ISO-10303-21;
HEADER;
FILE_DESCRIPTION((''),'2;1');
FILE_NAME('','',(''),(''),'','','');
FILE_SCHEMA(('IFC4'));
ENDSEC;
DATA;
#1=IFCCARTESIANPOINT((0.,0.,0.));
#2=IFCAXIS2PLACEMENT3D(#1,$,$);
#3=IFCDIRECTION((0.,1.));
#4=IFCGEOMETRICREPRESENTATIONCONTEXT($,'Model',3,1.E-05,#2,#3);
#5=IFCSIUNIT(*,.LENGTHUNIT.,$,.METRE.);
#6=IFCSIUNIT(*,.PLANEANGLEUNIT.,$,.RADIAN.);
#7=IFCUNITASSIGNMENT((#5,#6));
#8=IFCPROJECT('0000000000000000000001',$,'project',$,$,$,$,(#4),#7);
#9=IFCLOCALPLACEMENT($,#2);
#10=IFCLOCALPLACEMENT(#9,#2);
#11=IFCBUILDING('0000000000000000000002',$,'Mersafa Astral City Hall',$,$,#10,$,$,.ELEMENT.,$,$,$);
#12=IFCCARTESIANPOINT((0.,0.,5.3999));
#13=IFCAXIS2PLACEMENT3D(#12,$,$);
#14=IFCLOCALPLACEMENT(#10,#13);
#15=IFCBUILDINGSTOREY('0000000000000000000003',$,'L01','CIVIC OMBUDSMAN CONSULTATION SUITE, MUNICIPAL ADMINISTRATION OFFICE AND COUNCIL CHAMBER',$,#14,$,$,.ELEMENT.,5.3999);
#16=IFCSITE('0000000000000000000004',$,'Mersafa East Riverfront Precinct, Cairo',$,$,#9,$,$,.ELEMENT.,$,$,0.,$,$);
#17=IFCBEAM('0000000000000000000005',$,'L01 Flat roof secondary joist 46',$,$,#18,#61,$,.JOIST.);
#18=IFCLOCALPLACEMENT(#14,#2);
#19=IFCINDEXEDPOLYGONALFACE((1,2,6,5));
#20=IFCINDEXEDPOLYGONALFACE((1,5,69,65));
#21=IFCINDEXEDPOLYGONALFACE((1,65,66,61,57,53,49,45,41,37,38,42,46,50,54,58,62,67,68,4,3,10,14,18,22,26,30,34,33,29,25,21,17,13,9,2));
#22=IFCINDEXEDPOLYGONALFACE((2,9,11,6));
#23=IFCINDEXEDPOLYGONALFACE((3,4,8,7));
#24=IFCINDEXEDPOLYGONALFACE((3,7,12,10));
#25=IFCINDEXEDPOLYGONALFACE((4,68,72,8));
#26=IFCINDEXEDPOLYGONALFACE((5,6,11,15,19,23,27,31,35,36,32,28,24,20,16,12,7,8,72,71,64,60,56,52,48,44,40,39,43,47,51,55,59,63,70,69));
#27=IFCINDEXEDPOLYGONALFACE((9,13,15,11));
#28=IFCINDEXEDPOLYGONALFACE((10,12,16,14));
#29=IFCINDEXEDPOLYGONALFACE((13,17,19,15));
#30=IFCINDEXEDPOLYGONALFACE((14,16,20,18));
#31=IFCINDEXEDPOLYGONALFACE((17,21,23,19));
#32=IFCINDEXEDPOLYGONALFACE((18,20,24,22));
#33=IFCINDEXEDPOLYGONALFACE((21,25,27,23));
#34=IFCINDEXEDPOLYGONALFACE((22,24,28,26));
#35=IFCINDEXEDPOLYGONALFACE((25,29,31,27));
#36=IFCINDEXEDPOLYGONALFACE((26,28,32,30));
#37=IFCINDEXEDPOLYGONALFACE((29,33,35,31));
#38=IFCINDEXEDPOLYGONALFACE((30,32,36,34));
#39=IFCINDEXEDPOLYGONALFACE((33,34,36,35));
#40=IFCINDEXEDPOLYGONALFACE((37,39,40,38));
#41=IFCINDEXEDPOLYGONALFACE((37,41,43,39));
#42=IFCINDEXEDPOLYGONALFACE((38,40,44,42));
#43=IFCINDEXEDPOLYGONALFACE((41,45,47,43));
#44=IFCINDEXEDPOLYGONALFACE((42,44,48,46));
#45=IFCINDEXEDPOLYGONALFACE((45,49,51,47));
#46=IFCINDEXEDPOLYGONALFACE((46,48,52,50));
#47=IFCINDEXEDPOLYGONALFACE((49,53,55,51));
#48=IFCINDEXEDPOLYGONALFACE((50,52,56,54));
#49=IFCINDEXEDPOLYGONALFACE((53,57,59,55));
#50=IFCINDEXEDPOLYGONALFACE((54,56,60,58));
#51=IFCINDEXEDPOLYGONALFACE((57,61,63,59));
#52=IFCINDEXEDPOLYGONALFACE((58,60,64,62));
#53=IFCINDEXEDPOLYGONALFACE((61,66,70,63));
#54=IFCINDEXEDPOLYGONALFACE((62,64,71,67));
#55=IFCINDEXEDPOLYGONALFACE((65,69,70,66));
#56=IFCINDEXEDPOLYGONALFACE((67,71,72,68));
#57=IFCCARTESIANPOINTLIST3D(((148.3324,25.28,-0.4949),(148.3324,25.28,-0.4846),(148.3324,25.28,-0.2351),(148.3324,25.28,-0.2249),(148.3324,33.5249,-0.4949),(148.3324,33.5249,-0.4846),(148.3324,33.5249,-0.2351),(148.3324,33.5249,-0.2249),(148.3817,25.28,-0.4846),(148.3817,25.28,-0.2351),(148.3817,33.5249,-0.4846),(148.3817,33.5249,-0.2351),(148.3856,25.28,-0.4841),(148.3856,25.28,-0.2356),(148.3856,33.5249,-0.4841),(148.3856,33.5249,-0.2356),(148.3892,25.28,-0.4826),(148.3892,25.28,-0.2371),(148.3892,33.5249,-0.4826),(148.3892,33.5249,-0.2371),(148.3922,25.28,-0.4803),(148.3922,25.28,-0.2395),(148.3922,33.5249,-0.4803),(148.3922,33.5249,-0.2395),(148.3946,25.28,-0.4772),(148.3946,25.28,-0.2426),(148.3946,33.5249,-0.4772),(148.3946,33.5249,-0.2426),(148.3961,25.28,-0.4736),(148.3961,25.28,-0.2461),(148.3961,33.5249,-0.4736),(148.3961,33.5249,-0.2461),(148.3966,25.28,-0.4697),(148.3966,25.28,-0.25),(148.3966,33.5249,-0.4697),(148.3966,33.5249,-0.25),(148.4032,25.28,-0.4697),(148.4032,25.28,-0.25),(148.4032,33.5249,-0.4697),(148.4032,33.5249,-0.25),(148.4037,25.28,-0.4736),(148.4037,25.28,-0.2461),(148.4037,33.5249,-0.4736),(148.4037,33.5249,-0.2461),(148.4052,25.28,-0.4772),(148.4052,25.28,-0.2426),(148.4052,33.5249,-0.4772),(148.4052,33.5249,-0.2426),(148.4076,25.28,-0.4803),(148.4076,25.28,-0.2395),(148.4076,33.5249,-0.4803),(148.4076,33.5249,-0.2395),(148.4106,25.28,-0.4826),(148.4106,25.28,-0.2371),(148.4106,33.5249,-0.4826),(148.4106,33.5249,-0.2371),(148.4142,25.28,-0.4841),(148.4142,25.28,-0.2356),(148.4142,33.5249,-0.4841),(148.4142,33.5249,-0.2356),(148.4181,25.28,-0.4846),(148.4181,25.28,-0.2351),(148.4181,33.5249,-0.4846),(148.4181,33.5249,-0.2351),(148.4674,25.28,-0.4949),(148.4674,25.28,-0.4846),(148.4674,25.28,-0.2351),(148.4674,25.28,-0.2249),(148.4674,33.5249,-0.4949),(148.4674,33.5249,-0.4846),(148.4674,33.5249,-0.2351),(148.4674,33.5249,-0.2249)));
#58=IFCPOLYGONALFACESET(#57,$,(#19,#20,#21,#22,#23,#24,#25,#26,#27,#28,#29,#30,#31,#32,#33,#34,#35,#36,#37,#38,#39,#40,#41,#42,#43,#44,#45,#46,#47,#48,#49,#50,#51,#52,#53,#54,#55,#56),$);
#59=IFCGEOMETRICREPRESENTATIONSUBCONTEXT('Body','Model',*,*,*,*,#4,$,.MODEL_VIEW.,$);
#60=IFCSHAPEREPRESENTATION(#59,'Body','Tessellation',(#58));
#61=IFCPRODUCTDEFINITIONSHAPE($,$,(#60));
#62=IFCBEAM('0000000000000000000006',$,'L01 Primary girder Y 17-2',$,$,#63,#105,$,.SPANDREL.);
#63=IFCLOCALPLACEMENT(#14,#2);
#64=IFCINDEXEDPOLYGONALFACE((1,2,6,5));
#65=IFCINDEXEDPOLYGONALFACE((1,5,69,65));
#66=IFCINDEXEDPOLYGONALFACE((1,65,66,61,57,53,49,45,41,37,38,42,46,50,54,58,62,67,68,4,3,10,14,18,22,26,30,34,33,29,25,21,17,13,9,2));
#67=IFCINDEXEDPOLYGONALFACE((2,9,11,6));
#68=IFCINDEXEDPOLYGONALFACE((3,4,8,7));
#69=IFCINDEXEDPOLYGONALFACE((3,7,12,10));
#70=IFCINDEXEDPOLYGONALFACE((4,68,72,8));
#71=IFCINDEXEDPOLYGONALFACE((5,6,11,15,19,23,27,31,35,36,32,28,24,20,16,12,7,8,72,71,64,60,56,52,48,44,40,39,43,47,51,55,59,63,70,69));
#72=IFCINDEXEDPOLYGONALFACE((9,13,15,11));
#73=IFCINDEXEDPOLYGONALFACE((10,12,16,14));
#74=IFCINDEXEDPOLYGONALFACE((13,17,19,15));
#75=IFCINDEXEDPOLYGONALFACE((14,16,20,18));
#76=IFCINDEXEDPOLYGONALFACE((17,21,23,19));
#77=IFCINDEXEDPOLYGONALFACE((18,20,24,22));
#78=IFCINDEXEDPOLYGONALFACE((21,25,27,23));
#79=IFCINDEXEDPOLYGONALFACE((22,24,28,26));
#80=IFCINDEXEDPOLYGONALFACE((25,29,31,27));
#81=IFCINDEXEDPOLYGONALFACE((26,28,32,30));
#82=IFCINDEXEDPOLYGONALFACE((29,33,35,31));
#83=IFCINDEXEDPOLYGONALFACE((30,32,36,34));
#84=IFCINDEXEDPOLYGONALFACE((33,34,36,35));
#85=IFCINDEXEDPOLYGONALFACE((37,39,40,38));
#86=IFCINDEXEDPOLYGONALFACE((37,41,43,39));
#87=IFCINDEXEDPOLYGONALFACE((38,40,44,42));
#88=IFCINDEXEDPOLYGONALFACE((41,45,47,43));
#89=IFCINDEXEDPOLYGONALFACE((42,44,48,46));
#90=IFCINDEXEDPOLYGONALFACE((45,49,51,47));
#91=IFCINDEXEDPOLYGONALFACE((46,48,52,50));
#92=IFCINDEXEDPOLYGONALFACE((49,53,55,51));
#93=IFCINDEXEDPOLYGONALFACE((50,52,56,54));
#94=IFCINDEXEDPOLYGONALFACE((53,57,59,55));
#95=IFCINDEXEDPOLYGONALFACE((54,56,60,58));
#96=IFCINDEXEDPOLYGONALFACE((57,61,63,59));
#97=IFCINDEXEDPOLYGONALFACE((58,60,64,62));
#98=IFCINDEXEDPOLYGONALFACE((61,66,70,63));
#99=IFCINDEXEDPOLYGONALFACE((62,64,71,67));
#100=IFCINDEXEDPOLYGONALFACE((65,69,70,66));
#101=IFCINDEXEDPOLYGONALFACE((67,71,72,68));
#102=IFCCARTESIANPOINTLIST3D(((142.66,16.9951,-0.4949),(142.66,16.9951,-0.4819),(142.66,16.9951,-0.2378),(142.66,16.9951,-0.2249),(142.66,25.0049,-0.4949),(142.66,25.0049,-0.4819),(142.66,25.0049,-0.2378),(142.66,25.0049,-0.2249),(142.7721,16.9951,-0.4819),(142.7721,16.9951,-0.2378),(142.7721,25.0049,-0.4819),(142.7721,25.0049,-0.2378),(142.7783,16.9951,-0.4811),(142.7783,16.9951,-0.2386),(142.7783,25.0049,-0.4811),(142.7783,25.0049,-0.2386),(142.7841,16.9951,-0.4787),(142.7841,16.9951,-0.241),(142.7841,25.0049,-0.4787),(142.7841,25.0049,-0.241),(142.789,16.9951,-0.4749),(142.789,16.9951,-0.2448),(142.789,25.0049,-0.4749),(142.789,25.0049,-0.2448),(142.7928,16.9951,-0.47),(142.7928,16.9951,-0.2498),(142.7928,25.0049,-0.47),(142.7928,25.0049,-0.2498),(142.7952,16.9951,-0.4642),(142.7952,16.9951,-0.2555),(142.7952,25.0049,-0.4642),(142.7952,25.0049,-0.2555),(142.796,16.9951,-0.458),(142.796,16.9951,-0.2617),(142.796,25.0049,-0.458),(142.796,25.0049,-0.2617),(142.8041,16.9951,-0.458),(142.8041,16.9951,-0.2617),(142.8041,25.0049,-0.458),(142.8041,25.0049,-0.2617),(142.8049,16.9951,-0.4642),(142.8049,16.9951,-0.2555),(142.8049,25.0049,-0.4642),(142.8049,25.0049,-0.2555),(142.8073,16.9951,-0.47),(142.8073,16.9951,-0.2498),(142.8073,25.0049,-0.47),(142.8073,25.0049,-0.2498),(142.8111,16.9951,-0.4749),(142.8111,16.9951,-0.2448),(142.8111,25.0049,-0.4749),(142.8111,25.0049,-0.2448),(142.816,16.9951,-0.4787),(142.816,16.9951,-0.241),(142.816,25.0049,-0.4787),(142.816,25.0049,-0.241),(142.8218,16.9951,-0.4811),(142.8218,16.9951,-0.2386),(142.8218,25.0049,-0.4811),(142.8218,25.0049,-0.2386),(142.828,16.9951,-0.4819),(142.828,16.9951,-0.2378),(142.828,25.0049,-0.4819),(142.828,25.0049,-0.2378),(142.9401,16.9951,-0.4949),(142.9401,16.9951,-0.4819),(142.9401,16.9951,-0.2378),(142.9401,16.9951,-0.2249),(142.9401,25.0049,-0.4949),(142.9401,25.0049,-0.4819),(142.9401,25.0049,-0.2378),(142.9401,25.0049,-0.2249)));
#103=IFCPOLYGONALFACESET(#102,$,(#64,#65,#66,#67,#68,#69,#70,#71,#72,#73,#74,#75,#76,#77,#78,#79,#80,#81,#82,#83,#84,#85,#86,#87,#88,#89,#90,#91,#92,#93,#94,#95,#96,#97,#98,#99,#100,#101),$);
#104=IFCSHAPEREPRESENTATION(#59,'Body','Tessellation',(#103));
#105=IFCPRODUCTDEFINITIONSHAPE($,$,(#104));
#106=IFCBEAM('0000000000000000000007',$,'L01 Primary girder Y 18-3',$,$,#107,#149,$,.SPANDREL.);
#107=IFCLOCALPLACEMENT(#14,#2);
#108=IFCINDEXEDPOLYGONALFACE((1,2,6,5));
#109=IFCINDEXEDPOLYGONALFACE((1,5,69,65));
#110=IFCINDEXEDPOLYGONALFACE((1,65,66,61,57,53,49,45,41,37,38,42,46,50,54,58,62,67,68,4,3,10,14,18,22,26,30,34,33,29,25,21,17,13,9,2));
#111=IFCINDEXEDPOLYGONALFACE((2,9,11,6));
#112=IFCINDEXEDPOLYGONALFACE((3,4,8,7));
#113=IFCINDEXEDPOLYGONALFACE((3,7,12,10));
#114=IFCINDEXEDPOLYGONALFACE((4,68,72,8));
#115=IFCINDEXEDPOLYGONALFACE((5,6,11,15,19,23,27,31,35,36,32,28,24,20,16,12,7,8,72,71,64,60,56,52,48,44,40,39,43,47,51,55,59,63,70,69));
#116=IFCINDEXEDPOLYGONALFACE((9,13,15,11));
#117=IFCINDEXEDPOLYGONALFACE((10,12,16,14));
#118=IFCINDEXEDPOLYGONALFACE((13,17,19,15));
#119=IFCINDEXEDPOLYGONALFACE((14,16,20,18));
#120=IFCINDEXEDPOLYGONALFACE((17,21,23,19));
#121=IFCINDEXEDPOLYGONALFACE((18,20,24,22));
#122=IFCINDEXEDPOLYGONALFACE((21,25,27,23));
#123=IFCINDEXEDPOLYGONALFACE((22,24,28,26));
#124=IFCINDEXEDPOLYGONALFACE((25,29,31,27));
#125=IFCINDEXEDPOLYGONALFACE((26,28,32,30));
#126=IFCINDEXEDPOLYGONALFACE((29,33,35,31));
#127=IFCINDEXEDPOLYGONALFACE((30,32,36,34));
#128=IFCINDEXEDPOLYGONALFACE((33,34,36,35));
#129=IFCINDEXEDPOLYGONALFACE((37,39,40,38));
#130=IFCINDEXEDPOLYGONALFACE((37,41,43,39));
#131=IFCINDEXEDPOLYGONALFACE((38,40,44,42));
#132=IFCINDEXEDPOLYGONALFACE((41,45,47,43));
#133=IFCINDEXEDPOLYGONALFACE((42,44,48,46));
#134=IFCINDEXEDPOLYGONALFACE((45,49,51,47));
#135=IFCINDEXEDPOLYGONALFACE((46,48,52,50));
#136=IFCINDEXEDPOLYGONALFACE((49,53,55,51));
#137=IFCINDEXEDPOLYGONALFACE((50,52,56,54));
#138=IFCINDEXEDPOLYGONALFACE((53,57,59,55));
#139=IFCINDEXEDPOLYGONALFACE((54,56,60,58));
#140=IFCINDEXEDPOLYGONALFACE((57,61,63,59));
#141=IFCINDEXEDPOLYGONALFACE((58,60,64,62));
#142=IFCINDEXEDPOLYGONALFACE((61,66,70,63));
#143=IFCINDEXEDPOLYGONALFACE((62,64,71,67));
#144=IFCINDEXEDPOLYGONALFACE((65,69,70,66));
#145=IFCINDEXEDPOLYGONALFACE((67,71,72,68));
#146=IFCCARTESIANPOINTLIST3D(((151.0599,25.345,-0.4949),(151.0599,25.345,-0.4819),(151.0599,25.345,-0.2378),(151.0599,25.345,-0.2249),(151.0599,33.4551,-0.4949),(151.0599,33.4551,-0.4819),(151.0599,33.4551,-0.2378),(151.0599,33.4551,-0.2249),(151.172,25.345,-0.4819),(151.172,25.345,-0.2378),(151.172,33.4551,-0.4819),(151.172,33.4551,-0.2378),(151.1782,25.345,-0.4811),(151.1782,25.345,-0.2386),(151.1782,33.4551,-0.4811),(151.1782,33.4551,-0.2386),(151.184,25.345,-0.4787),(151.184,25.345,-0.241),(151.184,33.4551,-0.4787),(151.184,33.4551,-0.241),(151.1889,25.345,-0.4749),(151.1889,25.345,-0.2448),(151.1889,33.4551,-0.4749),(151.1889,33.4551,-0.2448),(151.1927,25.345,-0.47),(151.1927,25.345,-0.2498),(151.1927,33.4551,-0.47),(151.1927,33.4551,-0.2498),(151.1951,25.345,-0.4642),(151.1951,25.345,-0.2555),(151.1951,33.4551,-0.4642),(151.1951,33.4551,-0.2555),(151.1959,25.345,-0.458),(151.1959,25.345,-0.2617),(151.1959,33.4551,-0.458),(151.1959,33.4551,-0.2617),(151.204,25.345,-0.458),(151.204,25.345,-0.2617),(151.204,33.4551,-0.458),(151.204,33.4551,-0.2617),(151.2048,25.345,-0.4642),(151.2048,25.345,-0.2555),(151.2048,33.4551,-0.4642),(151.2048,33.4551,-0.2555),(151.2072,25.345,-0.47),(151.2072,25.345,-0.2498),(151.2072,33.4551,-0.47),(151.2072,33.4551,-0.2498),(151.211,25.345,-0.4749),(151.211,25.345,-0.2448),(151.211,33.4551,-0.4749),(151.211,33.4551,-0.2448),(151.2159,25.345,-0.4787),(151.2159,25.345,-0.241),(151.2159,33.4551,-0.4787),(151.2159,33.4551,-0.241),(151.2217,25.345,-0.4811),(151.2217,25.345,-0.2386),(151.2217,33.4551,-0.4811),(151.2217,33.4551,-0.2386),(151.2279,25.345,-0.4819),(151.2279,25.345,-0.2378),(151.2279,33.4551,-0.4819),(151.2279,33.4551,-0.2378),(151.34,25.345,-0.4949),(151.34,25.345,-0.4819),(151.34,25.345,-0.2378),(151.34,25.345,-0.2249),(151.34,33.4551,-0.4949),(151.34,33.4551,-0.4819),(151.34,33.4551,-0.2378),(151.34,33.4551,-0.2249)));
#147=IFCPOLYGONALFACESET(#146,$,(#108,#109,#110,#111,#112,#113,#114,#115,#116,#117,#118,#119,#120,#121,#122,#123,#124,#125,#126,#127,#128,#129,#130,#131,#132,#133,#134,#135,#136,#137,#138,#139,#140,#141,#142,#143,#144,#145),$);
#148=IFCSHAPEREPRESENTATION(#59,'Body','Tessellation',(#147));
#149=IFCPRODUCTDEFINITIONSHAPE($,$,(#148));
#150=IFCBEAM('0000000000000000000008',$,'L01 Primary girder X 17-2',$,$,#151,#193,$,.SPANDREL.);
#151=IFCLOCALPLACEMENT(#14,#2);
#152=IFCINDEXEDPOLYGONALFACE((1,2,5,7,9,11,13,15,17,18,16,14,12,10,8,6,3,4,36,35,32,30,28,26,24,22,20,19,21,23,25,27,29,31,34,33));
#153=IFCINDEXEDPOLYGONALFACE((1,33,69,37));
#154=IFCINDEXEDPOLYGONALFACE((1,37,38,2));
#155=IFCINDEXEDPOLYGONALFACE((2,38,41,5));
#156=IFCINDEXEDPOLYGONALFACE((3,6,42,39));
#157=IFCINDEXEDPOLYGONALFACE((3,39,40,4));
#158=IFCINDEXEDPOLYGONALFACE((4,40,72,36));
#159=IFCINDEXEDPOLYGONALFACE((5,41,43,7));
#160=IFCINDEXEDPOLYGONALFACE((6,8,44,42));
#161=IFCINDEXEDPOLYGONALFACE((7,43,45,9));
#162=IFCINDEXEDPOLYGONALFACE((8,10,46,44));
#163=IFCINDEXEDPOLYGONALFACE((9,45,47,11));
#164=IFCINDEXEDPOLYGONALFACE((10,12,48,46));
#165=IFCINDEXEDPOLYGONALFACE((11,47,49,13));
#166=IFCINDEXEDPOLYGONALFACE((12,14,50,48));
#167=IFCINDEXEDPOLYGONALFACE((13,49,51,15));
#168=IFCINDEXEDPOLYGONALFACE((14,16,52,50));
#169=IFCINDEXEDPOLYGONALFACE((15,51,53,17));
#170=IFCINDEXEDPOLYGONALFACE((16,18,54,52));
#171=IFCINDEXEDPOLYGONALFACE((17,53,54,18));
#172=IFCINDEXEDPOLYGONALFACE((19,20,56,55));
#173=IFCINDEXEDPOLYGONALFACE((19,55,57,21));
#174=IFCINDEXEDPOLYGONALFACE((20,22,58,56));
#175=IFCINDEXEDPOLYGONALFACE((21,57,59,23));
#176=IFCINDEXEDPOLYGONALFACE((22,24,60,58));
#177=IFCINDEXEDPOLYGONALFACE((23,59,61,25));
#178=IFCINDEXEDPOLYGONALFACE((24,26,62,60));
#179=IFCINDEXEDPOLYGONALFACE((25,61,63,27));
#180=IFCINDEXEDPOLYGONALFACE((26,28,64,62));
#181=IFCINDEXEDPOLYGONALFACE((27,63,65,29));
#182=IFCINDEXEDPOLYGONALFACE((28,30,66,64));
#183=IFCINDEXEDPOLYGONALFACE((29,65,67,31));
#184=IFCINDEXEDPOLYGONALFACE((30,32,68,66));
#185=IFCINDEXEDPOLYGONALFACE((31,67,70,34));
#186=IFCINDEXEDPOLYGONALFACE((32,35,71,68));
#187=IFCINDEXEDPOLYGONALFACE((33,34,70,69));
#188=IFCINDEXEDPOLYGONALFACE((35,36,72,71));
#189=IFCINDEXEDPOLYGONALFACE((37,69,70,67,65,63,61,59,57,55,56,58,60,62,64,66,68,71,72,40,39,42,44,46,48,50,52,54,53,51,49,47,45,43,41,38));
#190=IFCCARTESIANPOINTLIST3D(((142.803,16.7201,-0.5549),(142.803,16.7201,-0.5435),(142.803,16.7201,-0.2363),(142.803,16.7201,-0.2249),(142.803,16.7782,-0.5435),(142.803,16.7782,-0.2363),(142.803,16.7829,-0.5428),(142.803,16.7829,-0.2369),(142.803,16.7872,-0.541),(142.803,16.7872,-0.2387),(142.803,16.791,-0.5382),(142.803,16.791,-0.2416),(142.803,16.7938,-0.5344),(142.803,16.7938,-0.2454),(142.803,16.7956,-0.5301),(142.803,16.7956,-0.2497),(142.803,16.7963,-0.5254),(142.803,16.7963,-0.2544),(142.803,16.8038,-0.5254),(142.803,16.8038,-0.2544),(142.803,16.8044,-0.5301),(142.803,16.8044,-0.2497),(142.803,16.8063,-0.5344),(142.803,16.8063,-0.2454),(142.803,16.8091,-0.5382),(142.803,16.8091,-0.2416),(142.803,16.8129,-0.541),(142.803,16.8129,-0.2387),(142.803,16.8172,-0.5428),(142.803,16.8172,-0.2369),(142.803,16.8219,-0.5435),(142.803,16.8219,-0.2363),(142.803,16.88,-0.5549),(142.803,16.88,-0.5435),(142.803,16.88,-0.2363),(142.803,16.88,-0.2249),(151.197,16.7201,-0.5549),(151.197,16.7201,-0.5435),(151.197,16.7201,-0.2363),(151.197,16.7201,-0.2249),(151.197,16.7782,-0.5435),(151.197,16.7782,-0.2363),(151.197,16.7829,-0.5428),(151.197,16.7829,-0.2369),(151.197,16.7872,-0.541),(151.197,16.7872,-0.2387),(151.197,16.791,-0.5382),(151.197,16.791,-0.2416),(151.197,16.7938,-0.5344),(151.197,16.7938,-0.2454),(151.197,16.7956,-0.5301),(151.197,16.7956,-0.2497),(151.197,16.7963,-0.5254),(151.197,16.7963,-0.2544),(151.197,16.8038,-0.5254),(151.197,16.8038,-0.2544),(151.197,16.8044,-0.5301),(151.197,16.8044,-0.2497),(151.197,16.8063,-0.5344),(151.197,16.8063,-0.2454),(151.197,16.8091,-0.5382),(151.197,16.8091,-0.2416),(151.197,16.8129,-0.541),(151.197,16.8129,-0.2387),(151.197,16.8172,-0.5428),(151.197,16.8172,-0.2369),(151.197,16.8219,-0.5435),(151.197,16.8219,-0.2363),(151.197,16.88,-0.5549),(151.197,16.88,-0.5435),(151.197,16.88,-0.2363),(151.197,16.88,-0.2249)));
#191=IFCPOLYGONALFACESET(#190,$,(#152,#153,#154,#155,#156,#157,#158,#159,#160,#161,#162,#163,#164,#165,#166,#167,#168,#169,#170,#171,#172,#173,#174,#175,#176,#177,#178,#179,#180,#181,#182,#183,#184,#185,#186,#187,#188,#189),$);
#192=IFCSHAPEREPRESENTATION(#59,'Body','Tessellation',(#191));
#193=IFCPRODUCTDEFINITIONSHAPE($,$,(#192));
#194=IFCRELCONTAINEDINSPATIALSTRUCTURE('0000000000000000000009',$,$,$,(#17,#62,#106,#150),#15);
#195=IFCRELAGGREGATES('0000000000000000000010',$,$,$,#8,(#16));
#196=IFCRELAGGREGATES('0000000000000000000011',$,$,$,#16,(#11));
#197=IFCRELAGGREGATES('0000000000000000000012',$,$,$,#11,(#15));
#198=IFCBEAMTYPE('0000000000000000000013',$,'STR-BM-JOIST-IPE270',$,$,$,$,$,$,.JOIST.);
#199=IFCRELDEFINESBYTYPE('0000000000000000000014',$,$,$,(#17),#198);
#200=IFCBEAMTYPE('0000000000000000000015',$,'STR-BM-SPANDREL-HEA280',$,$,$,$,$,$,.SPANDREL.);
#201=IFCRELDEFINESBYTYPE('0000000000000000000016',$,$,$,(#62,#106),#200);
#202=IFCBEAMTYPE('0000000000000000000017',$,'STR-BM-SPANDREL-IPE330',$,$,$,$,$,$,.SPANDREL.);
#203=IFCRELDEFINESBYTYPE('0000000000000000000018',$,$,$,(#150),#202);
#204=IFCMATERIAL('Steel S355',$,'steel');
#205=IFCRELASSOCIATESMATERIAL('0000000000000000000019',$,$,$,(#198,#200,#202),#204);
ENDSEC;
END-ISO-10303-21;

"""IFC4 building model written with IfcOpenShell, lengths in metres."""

from ifc_helpers import new_model, si_unit, direction, frame, origin, origin_2d, place, context, subcontext, project, spatial, i_section, extrude, material, material_profile, profile_set, type_object, element, save


model = new_model("IFC4")

# Units and contexts
model_context = context("Model", 3, precision=1e-05, world=origin(), true_north=direction((0.0, 1.0)))
body_context = subcontext(model_context, "Body", "Model", "MODEL_VIEW")
ifc_project = project(units=[si_unit("LENGTHUNIT", "METRE"), si_unit("PLANEANGLEUNIT", "RADIAN")], contexts=[model_context])

# Site, building, storey
site_placement = place(None, origin())
site = spatial("IfcSite", under=ifc_project, at=site_placement, Name="Mersafa East Riverfront Precinct, Cairo", CompositionType="ELEMENT", RefElevation=0.0)
building_placement = place(site_placement, origin())
building = spatial("IfcBuilding", under=site, at=building_placement, Name="Mersafa Astral City Hall", CompositionType="ELEMENT")
storey_placement = place(building_placement, frame((0.0, 0.0, 5.3999)))
storey = spatial("IfcBuildingStorey", under=building, at=storey_placement, Name="L01", Description="CIVIC OMBUDSMAN CONSULTATION SUITE, MUNICIPAL ADMINISTRATION OFFICE AND COUNCIL CHAMBER", CompositionType="ELEMENT", Elevation=5.3999)

# Shared definitions
ifc_material_1 = material(Name="Steel S355", Category="steel")

# Beams
ifc_material_profile_1 = material_profile(ifc_material_1, i_section(OverallWidth=0.135, OverallDepth=0.27, WebThickness=0.0066, FlangeThickness=0.0103, FilletRadius=0.0149, at=origin_2d()), Name="IPE 270")
ifc_profile_set_1 = profile_set([ifc_material_profile_1], Name="Steel S355")
beam_type_1 = type_object("IfcBeamType", Name="STR-BM-JOIST-IPE270", PredefinedType="JOIST", material=ifc_profile_set_1)
for number, where, z_axis, x_axis, name in (
    (1, (148.3999, 25.28, -0.3599), (0.0, 1.0, 0.0), (-1.0, 0.0, 0.0), "L01 Flat roof secondary joist 46"),
):
    element("IfcBeam", number, at=place(storey_placement, frame(where, z_axis=z_axis, x_axis=x_axis)), inside=storey, type_object=beam_type_1, Name=name, PredefinedType="JOIST", context=body_context, shape_type="SweptSolid", body=[
        extrude(i_section(OverallWidth=0.135, OverallDepth=0.27, WebThickness=0.0066, FlangeThickness=0.0103, FilletRadius=0.0149, at=origin_2d()), origin(), (0.0, 0.0, 1.0), 8.2449),
    ])
ifc_material_profile_2 = material_profile(ifc_material_1, i_section(OverallWidth=0.28, OverallDepth=0.27, WebThickness=0.0081, FlangeThickness=0.0129, FilletRadius=0.0239, at=origin_2d()), Name="HEA 280")
ifc_profile_set_2 = profile_set([ifc_material_profile_2], Name="Steel S355")
beam_type_2 = type_object("IfcBeamType", Name="STR-BM-SPANDREL-HEA280", PredefinedType="SPANDREL", material=ifc_profile_set_2)
beam_1_placement = place(storey_placement, frame((142.8, 16.9951, -0.3599), z_axis=(0.0, 1.0, 0.0), x_axis=(-1.0, 0.0, 0.0)))
element("IfcBeam", 2, at=beam_1_placement, inside=storey, type_object=beam_type_2, Name="L01 Primary girder Y 17-2", PredefinedType="SPANDREL", context=body_context, shape_type="SweptSolid", body=[
    extrude(i_section(OverallWidth=0.28, OverallDepth=0.27, WebThickness=0.0081, FlangeThickness=0.0129, FilletRadius=0.0239, at=origin_2d()), origin(), (0.0, 0.0, 1.0), 8.0098),
])
beam_2_placement = place(storey_placement, frame((151.2, 25.345, -0.3599), z_axis=(0.0, 1.0, 0.0), x_axis=(-1.0, 0.0, 0.0)))
element("IfcBeam", 3, at=beam_2_placement, inside=storey, type_object=beam_type_2, Name="L01 Primary girder Y 18-3", PredefinedType="SPANDREL", context=body_context, shape_type="SweptSolid", body=[
    extrude(i_section(OverallWidth=0.28, OverallDepth=0.27, WebThickness=0.0081, FlangeThickness=0.0129, FilletRadius=0.0239, at=origin_2d()), origin(), (0.0, 0.0, 1.0), 8.1101),
])
ifc_material_profile_3 = material_profile(ifc_material_1, i_section(OverallWidth=0.1599, OverallDepth=0.3301, WebThickness=0.0076, FlangeThickness=0.0115, FilletRadius=0.0181, at=origin_2d()), Name="IPE 330")
ifc_profile_set_3 = profile_set([ifc_material_profile_3], Name="Steel S355")
beam_type_3 = type_object("IfcBeamType", Name="STR-BM-SPANDREL-IPE330", PredefinedType="SPANDREL", material=ifc_profile_set_3)
beam_3_placement = place(storey_placement, frame((142.803, 16.8, -0.3899), z_axis=(1.0, 0.0, 0.0), x_axis=(0.0, 1.0, 0.0)))
element("IfcBeam", 4, at=beam_3_placement, inside=storey, type_object=beam_type_3, Name="L01 Primary girder X 17-2", PredefinedType="SPANDREL", context=body_context, shape_type="SweptSolid", body=[
    extrude(i_section(OverallWidth=0.1599, OverallDepth=0.3301, WebThickness=0.0076, FlangeThickness=0.0115, FilletRadius=0.0181, at=origin_2d()), origin(), (0.0, 0.0, 1.0), 8.394),
])

save(model, "model.ifc")
